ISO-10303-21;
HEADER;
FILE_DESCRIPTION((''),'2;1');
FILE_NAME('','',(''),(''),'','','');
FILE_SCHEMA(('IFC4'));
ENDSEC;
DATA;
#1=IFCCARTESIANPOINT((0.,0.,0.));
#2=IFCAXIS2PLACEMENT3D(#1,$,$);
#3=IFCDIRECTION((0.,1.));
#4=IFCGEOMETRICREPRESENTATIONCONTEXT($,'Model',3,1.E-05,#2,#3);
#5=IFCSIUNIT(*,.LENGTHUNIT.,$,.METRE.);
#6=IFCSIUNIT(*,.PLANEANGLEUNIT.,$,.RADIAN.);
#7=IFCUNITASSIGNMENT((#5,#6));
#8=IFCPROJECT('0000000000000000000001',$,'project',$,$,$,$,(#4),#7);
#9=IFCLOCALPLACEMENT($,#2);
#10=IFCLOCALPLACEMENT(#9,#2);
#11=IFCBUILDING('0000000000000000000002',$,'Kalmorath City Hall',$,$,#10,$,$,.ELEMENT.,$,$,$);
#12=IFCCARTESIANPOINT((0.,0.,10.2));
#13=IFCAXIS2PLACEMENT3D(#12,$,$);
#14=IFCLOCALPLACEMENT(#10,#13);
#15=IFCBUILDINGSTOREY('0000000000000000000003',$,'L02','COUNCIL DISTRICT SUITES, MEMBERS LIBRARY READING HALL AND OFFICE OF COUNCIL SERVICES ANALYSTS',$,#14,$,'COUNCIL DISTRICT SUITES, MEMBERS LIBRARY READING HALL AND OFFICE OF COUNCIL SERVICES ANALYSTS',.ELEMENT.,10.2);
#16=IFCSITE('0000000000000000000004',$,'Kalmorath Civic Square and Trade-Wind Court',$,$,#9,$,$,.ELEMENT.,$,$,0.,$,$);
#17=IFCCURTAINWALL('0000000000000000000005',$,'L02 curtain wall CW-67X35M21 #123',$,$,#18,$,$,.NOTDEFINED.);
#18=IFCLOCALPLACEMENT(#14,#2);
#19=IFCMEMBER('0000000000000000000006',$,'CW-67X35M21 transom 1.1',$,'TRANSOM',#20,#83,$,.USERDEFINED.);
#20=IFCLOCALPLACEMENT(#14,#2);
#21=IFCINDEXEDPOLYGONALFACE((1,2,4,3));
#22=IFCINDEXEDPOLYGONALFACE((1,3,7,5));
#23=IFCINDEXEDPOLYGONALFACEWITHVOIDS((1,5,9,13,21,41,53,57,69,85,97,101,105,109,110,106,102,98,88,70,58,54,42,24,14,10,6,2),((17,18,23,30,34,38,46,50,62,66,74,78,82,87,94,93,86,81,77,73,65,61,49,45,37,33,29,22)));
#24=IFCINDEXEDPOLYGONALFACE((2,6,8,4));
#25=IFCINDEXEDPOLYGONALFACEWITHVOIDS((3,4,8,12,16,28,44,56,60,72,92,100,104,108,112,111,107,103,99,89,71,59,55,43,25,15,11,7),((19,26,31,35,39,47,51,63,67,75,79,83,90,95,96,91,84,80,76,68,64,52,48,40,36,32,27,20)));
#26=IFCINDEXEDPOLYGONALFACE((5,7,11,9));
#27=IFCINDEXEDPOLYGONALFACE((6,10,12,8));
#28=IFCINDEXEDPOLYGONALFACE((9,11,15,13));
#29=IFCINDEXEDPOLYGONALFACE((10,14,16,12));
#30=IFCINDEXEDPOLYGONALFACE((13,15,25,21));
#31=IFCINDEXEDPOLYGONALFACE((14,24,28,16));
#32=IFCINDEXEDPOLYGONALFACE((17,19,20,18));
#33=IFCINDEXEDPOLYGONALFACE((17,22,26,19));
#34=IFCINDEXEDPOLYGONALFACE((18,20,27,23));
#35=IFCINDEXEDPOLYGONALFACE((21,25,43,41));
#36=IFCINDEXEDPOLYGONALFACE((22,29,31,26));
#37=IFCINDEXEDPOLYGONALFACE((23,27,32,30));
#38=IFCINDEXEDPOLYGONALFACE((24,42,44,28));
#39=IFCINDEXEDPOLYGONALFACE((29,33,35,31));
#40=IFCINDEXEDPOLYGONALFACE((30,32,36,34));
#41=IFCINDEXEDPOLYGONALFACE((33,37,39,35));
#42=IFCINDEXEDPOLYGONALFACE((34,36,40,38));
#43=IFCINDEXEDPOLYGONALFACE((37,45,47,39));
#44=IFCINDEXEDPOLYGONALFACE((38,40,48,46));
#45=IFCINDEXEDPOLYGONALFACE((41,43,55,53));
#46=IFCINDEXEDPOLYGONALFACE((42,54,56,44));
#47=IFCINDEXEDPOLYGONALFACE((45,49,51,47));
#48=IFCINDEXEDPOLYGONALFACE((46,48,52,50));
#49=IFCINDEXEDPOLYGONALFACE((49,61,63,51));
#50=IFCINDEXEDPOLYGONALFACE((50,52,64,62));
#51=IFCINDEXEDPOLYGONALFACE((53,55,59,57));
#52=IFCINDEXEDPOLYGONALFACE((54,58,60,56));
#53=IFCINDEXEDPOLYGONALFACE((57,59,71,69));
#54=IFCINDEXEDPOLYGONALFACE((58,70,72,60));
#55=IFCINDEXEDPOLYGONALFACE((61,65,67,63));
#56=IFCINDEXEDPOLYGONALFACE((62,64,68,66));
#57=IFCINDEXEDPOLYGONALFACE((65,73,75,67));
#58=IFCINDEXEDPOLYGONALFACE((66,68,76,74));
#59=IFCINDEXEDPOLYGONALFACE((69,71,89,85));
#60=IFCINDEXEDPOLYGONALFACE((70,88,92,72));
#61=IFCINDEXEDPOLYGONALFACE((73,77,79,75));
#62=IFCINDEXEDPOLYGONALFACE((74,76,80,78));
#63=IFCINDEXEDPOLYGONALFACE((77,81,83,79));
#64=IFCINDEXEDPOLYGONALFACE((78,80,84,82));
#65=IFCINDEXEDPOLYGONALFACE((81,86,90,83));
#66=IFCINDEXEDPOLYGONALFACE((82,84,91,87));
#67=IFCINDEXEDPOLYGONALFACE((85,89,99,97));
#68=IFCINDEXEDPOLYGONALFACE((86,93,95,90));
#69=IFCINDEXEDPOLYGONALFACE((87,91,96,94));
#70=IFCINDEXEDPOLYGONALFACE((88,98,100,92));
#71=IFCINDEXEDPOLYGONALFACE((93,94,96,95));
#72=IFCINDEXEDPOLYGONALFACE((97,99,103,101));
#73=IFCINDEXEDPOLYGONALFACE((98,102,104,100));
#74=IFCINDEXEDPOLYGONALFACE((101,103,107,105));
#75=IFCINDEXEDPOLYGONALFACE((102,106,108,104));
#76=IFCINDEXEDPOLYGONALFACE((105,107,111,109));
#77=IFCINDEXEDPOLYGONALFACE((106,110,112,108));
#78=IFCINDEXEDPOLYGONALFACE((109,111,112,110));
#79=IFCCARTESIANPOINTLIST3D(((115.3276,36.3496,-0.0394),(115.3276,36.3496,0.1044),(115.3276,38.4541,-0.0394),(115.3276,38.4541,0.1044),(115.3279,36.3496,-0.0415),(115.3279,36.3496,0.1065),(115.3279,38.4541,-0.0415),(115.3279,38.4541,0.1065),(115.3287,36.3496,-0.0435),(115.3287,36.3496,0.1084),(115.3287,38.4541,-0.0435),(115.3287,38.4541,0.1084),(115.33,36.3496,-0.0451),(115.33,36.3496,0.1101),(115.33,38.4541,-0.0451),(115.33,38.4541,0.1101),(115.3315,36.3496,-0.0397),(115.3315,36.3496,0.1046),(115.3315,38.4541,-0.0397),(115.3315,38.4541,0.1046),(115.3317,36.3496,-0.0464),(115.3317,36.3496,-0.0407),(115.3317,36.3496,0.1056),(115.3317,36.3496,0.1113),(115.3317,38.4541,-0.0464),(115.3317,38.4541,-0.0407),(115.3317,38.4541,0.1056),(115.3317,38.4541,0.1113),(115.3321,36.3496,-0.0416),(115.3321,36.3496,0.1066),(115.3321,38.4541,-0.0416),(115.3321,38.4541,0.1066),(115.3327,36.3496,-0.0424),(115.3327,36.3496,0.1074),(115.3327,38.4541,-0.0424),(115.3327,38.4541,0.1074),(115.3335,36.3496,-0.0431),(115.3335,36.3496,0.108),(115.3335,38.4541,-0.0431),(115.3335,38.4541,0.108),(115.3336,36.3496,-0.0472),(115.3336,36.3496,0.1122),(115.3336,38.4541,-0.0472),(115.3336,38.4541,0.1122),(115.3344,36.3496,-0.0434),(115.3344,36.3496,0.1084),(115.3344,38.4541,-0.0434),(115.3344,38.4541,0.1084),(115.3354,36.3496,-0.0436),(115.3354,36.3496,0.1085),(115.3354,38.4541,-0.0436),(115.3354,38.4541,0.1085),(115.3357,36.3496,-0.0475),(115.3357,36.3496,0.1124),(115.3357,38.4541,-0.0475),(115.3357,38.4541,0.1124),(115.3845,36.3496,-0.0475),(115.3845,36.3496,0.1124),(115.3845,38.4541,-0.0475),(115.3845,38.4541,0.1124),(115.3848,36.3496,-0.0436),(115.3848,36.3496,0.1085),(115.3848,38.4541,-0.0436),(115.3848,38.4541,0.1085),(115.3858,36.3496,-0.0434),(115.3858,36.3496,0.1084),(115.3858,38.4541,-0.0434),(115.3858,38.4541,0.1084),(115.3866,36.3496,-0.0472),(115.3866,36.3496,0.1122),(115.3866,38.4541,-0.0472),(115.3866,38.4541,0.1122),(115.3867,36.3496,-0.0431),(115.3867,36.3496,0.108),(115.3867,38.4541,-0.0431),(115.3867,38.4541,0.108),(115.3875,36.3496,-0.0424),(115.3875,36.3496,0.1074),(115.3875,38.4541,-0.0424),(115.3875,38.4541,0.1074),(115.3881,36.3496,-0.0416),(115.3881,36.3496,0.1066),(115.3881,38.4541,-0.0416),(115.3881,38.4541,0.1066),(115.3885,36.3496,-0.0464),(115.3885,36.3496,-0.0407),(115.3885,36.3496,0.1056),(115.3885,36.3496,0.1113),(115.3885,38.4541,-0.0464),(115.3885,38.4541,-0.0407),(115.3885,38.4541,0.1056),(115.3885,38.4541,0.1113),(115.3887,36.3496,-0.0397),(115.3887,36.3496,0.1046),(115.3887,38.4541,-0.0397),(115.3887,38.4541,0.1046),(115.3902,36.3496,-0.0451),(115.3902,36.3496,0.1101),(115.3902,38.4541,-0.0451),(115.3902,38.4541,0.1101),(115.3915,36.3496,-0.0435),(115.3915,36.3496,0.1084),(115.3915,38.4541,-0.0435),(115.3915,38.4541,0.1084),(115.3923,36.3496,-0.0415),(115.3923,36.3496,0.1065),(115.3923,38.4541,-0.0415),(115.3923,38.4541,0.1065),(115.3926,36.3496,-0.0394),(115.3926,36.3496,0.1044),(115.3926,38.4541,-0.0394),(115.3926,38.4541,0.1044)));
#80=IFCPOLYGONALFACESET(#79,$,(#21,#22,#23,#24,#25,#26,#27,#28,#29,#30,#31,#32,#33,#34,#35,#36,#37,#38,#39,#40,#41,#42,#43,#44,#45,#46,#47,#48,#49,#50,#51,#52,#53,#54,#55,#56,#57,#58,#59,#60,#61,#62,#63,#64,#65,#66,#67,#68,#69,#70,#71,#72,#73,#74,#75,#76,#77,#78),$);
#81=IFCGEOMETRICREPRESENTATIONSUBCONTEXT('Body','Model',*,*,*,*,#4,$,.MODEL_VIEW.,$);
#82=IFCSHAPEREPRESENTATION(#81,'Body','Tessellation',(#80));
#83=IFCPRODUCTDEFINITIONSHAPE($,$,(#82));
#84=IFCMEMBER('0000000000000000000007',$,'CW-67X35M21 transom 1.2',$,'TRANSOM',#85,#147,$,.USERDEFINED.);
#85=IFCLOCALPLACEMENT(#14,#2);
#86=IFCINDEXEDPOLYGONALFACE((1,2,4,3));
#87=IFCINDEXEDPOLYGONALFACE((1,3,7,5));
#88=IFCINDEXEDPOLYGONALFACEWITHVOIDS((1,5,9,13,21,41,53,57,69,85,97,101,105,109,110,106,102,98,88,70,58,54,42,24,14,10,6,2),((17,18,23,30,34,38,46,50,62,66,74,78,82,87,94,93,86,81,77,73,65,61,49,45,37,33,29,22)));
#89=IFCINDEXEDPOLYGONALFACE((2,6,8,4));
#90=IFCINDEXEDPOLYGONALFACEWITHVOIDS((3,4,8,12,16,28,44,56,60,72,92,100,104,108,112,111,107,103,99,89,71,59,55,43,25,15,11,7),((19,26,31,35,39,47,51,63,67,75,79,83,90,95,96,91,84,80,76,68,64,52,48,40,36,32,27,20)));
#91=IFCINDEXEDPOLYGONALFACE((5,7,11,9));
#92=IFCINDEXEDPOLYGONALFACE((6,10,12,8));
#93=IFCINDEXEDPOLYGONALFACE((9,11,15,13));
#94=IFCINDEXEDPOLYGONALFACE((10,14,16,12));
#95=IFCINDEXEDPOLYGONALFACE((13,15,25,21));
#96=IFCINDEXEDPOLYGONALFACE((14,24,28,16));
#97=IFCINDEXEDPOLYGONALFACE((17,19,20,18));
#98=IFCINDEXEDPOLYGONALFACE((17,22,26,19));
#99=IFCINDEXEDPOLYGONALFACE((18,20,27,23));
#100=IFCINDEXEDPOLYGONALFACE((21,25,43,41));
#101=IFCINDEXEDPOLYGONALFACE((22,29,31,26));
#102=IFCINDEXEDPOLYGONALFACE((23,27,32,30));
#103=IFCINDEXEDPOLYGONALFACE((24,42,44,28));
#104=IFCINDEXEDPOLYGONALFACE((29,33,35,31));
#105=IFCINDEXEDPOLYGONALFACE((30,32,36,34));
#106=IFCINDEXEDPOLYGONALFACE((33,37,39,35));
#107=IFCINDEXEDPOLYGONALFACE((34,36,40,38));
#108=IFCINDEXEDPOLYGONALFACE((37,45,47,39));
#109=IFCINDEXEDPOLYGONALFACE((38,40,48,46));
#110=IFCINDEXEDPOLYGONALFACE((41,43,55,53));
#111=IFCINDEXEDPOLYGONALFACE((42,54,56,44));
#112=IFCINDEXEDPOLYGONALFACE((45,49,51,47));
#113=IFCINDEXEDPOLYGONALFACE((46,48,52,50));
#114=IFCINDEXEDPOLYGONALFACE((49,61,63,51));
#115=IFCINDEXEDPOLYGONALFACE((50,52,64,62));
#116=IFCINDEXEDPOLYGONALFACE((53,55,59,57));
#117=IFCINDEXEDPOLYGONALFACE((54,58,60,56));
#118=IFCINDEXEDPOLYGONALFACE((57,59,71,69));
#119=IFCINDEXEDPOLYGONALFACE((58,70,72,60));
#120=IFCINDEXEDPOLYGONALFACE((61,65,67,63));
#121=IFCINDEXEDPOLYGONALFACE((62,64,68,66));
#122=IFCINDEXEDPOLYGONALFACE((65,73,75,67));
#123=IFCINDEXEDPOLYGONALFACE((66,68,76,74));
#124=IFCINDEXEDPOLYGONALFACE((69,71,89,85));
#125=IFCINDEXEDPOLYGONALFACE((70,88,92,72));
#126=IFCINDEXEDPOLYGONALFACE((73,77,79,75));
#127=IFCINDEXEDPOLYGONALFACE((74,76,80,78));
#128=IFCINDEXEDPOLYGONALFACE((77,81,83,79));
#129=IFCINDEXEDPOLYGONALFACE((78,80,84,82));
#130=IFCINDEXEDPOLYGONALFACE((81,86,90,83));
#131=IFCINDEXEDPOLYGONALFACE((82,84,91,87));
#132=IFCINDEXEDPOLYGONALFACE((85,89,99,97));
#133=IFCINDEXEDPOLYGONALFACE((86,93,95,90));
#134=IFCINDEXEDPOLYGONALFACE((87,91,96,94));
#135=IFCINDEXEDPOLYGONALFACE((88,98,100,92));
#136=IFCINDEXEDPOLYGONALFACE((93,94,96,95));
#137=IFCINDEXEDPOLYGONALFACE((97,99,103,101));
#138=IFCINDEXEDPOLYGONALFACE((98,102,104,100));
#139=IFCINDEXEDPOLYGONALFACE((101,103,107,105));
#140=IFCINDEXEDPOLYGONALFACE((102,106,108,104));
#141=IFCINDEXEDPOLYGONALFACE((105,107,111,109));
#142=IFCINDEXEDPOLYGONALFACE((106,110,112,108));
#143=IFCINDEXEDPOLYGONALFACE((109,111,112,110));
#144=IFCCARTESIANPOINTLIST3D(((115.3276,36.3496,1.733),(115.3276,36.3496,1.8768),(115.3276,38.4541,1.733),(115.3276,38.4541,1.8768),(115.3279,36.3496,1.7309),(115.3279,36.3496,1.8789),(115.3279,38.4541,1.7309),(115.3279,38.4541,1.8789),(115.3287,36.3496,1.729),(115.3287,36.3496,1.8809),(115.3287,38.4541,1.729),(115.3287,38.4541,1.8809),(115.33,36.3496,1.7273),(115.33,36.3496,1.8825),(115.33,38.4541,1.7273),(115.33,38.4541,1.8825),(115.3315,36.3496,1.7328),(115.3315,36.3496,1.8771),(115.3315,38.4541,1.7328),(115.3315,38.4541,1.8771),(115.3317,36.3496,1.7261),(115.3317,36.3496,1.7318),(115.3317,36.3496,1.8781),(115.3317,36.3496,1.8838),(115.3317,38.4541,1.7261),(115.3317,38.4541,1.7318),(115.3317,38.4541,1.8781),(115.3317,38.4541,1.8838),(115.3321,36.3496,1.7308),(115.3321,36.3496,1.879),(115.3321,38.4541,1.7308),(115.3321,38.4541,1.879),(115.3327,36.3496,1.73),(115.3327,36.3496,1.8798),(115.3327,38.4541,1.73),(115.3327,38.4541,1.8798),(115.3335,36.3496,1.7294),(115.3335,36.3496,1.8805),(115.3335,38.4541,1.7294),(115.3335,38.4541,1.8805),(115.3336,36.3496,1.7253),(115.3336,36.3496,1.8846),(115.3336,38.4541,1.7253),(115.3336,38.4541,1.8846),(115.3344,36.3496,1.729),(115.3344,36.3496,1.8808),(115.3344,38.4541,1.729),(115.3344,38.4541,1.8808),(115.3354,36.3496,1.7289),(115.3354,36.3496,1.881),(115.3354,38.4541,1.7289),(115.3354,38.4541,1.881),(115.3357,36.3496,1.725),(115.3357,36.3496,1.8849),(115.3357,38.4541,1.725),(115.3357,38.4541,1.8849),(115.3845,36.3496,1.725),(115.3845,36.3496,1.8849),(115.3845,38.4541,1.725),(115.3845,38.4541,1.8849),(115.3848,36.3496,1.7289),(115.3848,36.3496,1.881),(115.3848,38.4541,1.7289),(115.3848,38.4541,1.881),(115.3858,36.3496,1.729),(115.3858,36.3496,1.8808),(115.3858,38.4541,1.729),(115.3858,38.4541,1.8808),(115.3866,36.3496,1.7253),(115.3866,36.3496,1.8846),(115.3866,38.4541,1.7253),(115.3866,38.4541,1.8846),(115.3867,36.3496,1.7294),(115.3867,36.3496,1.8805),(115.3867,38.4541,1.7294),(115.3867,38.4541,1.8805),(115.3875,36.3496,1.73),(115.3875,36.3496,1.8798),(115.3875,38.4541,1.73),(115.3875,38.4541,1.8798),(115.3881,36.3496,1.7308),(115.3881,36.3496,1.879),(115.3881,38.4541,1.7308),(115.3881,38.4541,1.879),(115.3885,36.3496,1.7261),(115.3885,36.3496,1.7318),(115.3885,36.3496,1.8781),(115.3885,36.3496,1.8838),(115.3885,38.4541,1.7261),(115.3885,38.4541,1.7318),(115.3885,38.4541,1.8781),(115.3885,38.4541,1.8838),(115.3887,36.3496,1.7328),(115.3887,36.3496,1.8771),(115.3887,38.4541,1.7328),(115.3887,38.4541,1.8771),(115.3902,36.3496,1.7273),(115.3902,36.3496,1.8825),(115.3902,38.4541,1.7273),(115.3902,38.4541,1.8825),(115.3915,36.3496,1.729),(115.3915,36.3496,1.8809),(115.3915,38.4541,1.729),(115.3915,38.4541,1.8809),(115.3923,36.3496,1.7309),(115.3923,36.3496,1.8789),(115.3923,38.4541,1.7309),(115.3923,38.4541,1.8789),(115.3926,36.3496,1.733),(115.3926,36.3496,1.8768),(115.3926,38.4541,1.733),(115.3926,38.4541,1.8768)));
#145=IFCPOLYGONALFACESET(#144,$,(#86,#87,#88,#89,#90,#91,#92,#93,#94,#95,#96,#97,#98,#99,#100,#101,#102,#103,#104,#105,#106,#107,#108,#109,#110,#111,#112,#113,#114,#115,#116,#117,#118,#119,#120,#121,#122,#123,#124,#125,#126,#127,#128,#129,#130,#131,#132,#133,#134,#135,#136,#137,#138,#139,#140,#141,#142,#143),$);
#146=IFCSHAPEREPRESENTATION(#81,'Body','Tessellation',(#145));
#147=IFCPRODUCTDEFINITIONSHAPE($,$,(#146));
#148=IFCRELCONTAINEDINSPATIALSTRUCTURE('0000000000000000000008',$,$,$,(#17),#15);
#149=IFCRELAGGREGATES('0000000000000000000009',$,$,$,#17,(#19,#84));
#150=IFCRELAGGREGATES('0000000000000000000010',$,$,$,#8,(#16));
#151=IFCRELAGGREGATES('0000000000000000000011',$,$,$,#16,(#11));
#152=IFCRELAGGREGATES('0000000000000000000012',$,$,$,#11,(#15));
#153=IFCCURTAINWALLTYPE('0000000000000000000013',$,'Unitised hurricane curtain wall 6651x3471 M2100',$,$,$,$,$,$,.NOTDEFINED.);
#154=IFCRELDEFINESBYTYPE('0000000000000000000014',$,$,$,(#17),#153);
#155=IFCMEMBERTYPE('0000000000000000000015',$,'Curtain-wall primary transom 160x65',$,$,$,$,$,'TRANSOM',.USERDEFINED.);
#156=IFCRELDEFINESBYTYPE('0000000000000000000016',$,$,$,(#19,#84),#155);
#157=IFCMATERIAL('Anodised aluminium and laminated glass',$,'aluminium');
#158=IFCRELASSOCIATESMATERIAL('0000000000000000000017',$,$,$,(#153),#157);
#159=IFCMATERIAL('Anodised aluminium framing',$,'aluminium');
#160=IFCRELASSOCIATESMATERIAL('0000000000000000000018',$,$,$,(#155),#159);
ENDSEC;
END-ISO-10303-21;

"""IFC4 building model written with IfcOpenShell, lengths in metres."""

from ifc_helpers import new_model, si_unit, direction, frame, origin, origin_2d, place, context, subcontext, project, spatial, hollow_rectangle, extrude, material, material_profile, profile_set, type_object, element, aggregate, save


model = new_model("IFC4")

# Units and contexts
model_context = context("Model", 3, precision=1e-05, world=origin(), true_north=direction((0.0, 1.0)))
body_context = subcontext(model_context, "Body", "Model", "MODEL_VIEW")
ifc_project = project(units=[si_unit("LENGTHUNIT", "METRE"), si_unit("PLANEANGLEUNIT", "RADIAN")], contexts=[model_context])

# Site, building, storey
site_placement = place(None, origin())
site = spatial("IfcSite", under=ifc_project, at=site_placement, Name="Kalmorath Civic Square and Trade-Wind Court", CompositionType="ELEMENT", RefElevation=0.0)
building_placement = place(site_placement, origin())
building = spatial("IfcBuilding", under=site, at=building_placement, Name="Kalmorath City Hall", CompositionType="ELEMENT")
storey_placement = place(building_placement, frame((0.0, 0.0, 10.2)))
storey = spatial("IfcBuildingStorey", under=building, at=storey_placement, Name="L02", Description="COUNCIL DISTRICT SUITES, MEMBERS LIBRARY READING HALL AND OFFICE OF COUNCIL SERVICES ANALYSTS", LongName="COUNCIL DISTRICT SUITES, MEMBERS LIBRARY READING HALL AND OFFICE OF COUNCIL SERVICES ANALYSTS", CompositionType="ELEMENT", Elevation=10.2)

# Curtain wall, members
ifc_material_1 = material(Name="Anodised aluminium and laminated glass", Category="aluminium")
curtain_wall_type_1 = type_object("IfcCurtainWallType", Name="Unitised hurricane curtain wall 6651x3471 M2100", PredefinedType="NOTDEFINED", material=ifc_material_1)
curtain_wall_1_placement = place(storey_placement, origin())
curtain_wall_1 = element("IfcCurtainWall", 1, at=curtain_wall_1_placement, inside=storey, type_object=curtain_wall_type_1, Name="L02 curtain wall CW-67X35M21 #123", PredefinedType="NOTDEFINED")
ifc_material_2 = material(Name="Anodised aluminium framing", Category="aluminium")
ifc_material_profile_1 = material_profile(ifc_material_2, hollow_rectangle(XDim=0.0649, YDim=0.1599, WallThickness=0.0039, InnerFilletRadius=0.0039, OuterFilletRadius=0.0081, at=origin_2d()), Name="ALU-TRN-160X65X4")
ifc_profile_set_1 = profile_set([ifc_material_profile_1], Name="Anodised aluminium framing")
member_type_1 = type_object("IfcMemberType", Name="Curtain-wall primary transom 160x65", ElementType="TRANSOM", PredefinedType="USERDEFINED", material=ifc_profile_set_1)
member_1_placement = place(storey_placement, frame((115.3601, 36.3496, 0.0325), z_axis=(0.0, 1.0, 0.0), x_axis=(-1.0, 0.0, 0.0)))
member_1 = element("IfcMember", 2, at=member_1_placement, type_object=member_type_1, Name="CW-67X35M21 transom 1.1", ObjectType="TRANSOM", PredefinedType="USERDEFINED", context=body_context, shape_type="SweptSolid", body=[
    extrude(hollow_rectangle(XDim=0.0649, YDim=0.1599, WallThickness=0.0039, InnerFilletRadius=0.0039, OuterFilletRadius=0.0081, at=origin_2d()), origin(), (0.0, 0.0, 1.0), 2.1045),
])
member_2_placement = place(storey_placement, frame((115.3601, 36.3496, 1.8049), z_axis=(0.0, 1.0, 0.0), x_axis=(-1.0, 0.0, 0.0)))
member_2 = element("IfcMember", 3, at=member_2_placement, type_object=member_type_1, Name="CW-67X35M21 transom 1.2", ObjectType="TRANSOM", PredefinedType="USERDEFINED", context=body_context, shape_type="SweptSolid", body=[
    extrude(hollow_rectangle(XDim=0.0649, YDim=0.1599, WallThickness=0.0039, InnerFilletRadius=0.0039, OuterFilletRadius=0.0081, at=origin_2d()), origin(), (0.0, 0.0, 1.0), 2.1045),
])
aggregate(curtain_wall_1, [member_1, member_2])

save(model, "model.ifc")
